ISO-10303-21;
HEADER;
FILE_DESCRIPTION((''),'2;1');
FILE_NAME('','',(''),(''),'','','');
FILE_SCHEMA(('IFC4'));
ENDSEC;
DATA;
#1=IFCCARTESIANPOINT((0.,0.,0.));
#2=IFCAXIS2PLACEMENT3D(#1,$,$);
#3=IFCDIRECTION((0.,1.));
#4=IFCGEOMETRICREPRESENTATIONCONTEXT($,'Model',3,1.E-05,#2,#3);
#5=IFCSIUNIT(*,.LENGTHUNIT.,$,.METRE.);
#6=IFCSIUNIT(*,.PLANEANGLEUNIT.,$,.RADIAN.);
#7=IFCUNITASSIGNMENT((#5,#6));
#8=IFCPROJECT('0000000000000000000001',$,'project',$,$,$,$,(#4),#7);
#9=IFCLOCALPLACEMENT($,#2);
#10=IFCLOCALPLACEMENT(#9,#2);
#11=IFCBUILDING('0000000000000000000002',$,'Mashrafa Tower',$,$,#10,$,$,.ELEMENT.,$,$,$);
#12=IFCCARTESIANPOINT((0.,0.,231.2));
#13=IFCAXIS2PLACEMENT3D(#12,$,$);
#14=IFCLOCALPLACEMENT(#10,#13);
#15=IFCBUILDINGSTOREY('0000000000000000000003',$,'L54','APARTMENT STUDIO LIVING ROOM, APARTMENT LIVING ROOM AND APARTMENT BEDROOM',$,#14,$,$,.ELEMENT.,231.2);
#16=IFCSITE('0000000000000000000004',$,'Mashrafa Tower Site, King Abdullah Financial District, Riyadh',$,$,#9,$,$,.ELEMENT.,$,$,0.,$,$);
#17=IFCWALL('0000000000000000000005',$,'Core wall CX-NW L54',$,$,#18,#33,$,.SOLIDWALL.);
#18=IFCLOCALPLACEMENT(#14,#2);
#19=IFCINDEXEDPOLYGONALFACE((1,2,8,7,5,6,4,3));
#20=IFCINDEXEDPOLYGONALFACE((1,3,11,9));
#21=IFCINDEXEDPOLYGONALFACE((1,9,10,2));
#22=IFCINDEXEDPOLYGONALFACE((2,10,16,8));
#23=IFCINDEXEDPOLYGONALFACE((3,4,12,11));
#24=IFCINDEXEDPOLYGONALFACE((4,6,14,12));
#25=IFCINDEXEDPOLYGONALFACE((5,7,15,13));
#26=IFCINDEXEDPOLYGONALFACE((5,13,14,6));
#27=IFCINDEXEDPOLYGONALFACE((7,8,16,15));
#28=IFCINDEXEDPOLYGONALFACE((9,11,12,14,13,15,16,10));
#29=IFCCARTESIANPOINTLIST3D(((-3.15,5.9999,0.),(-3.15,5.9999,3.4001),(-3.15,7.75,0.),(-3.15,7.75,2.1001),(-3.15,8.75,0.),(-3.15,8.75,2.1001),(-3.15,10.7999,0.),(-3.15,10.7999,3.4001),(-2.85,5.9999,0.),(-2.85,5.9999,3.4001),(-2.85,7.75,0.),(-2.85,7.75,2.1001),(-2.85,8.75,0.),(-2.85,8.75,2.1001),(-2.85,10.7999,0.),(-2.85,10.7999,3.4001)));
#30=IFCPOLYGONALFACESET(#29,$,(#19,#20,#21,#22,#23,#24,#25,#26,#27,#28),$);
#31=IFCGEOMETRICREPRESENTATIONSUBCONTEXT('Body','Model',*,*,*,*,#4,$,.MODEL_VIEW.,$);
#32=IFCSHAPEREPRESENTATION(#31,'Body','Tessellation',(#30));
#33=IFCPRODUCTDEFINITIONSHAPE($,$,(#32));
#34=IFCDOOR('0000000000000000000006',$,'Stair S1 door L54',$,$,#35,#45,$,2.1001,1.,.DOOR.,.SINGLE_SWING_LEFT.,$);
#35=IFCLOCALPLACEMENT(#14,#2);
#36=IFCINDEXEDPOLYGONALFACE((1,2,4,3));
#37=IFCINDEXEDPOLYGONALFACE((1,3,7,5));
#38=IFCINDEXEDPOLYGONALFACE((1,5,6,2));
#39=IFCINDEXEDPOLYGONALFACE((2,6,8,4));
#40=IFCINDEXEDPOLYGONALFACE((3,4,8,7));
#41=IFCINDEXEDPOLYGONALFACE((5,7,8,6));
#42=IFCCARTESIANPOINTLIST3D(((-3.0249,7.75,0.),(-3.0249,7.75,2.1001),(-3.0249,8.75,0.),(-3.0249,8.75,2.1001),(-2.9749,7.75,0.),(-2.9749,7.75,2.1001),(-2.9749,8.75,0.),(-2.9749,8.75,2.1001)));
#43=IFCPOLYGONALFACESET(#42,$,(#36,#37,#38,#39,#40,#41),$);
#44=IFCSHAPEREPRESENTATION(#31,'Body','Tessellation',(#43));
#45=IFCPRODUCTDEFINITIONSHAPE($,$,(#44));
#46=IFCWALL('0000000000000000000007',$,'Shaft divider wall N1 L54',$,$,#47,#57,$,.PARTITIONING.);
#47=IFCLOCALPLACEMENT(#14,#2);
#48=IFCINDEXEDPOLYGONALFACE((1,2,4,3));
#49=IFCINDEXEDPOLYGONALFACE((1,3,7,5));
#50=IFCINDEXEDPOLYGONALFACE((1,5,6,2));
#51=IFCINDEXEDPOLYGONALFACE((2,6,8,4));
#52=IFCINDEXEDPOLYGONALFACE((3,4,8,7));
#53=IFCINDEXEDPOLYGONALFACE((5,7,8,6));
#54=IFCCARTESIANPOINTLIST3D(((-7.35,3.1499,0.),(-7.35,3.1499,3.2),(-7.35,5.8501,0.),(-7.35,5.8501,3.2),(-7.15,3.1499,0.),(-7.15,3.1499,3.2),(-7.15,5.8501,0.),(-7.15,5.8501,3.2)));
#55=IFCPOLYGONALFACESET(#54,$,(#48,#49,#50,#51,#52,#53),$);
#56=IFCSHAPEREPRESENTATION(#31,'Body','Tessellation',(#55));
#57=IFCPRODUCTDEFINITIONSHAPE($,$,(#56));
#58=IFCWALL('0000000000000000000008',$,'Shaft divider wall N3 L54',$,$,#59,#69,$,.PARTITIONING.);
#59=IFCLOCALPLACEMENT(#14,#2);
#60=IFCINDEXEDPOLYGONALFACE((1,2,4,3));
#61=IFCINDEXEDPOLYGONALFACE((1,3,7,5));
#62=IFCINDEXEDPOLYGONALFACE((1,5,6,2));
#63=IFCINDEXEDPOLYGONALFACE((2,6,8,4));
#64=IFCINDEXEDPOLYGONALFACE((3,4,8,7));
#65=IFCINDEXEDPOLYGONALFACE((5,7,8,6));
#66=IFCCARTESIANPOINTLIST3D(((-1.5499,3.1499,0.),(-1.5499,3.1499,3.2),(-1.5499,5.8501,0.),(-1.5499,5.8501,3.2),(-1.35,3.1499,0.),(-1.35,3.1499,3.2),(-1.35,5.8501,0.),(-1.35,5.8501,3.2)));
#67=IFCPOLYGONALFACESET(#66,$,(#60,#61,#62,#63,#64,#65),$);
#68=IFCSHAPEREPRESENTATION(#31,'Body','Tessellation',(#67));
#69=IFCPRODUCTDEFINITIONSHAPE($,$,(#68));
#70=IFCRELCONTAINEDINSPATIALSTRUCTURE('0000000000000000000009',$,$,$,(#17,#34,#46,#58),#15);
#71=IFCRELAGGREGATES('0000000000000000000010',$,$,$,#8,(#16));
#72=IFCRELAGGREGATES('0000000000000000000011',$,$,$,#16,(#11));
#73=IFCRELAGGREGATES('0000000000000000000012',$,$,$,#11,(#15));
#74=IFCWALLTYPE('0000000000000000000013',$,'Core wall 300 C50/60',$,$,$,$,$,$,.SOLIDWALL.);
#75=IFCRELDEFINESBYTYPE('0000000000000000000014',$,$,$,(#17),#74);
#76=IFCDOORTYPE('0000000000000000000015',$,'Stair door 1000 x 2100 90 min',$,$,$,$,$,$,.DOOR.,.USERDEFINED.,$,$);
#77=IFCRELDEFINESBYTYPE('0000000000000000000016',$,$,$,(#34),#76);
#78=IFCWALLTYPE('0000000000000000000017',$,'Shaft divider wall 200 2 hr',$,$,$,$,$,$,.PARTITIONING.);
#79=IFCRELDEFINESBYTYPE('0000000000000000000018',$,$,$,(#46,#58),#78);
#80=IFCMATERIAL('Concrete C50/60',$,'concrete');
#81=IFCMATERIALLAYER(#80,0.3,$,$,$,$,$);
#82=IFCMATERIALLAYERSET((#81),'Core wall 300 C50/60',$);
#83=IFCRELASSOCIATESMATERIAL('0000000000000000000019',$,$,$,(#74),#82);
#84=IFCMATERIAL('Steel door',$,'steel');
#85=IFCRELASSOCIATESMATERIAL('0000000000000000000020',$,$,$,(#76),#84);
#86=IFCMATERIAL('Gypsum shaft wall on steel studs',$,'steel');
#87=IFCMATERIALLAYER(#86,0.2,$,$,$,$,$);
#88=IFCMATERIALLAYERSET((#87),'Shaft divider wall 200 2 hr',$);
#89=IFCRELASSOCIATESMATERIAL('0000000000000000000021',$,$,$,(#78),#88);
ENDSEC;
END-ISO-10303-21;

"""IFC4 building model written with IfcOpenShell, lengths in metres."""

from ifc_helpers import new_model, si_unit, direction, frame, frame_2d, origin, place, context, subcontext, project, spatial, rectangle, extrude, material, layer, layer_set, type_object, element, fill, save


model = new_model("IFC4")

# Units and contexts
model_context = context("Model", 3, precision=1e-05, world=origin(), true_north=direction((0.0, 1.0)))
body_context = subcontext(model_context, "Body", "Model", "MODEL_VIEW")
ifc_project = project(units=[si_unit("LENGTHUNIT", "METRE"), si_unit("PLANEANGLEUNIT", "RADIAN")], contexts=[model_context])

# Site, building, storey
site_placement = place(None, origin())
site = spatial("IfcSite", under=ifc_project, at=site_placement, Name="Mashrafa Tower Site, King Abdullah Financial District, Riyadh", CompositionType="ELEMENT", RefElevation=0.0)
building_placement = place(site_placement, origin())
building = spatial("IfcBuilding", under=site, at=building_placement, Name="Mashrafa Tower", CompositionType="ELEMENT")
storey_placement = place(building_placement, frame((0.0, 0.0, 231.2)))
storey = spatial("IfcBuildingStorey", under=building, at=storey_placement, Name="L54", Description="APARTMENT STUDIO LIVING ROOM, APARTMENT LIVING ROOM AND APARTMENT BEDROOM", CompositionType="ELEMENT", Elevation=231.2)

# Shared definitions
ifc_material_1 = material(Name="Concrete C50/60", Category="concrete")
ifc_layer_1 = layer(ifc_material_1, 0.3)
ifc_layer_set_1 = layer_set([ifc_layer_1], Name="Core wall 300 C50/60")
wall_type_1 = type_object("IfcWallType", Name="Core wall 300 C50/60", PredefinedType="SOLIDWALL", material=ifc_layer_set_1)

# Wall, opening, door
wall_1_placement = place(storey_placement, frame((-3.0, 6.0, 0.0), z_axis=(0.0, 0.0, 1.0), x_axis=(0.0, 1.0, 0.0)))
wall_1 = element("IfcWall", 1, at=wall_1_placement, inside=storey, type_object=wall_type_1, Name="Core wall CX-NW L54", PredefinedType="SOLIDWALL", context=body_context, shape_type="SweptSolid", body=[
    extrude(rectangle(XDim=4.8, YDim=0.3, at=frame_2d((2.3999, 0.0))), origin(), (0.0, 0.0, 1.0), 3.4001),
])
opening_1_placement = place(wall_1_placement, frame((1.75, 0.0, 0.0)))
opening_1 = element("IfcOpeningElement", 2, at=opening_1_placement, cuts=wall_1, PredefinedType="OPENING", context=body_context, shape_type="SweptSolid", body=[
    extrude(rectangle(XDim=1.0, YDim=2.1001, at=frame_2d((0.5, 1.05))), frame((0.0, 0.1599, 0.0), z_axis=(0.0, -1.0, 0.0), x_axis=(1.0, 0.0, 0.0)), (0.0, 0.0, 1.0), 0.3201),
])
ifc_material_2 = material(Name="Steel door", Category="steel")
door_type_1 = type_object("IfcDoorType", Name="Stair door 1000 x 2100 90 min", OperationType="USERDEFINED", PredefinedType="DOOR", material=ifc_material_2)
door_1_placement = place(opening_1_placement, origin())
door_1 = element("IfcDoor", 3, at=door_1_placement, inside=storey, type_object=door_type_1, Name="Stair S1 door L54", OperationType="SINGLE_SWING_LEFT", OverallHeight=2.1001, OverallWidth=1.0, PredefinedType="DOOR", context=body_context, shape_type="SweptSolid", body=[
    extrude(rectangle(XDim=1.0, YDim=2.1001, at=frame_2d((0.5, 1.05))), frame((0.0, 0.0249, 0.0), z_axis=(0.0, -1.0, 0.0), x_axis=(1.0, 0.0, 0.0)), (0.0, 0.0, 1.0), 0.05),
])
fill(opening_1, door_1)

# Walls
ifc_material_3 = material(Name="Gypsum shaft wall on steel studs", Category="steel")
ifc_layer_2 = layer(ifc_material_3, 0.2)
ifc_layer_set_2 = layer_set([ifc_layer_2], Name="Shaft divider wall 200 2 hr")
wall_type_2 = type_object("IfcWallType", Name="Shaft divider wall 200 2 hr", PredefinedType="PARTITIONING", material=ifc_layer_set_2)
for number, where, z_axis, x_axis, name in (
    (4, (-7.25, 3.1499, 0.0), (0.0, 0.0, 1.0), (0.0, 1.0, 0.0), "Shaft divider wall N1 L54"),
    (5, (-1.45, 3.1499, 0.0), (0.0, 0.0, 1.0), (0.0, 1.0, 0.0), "Shaft divider wall N3 L54"),
):
    element("IfcWall", number, at=place(storey_placement, frame(where, z_axis=z_axis, x_axis=x_axis)), inside=storey, type_object=wall_type_2, Name=name, PredefinedType="PARTITIONING", context=body_context, shape_type="SweptSolid", body=[
        extrude(rectangle(XDim=2.7002, YDim=0.2, at=frame_2d((1.3501, 0.0))), origin(), (0.0, 0.0, 1.0), 3.2),
    ])

save(model, "model.ifc")
